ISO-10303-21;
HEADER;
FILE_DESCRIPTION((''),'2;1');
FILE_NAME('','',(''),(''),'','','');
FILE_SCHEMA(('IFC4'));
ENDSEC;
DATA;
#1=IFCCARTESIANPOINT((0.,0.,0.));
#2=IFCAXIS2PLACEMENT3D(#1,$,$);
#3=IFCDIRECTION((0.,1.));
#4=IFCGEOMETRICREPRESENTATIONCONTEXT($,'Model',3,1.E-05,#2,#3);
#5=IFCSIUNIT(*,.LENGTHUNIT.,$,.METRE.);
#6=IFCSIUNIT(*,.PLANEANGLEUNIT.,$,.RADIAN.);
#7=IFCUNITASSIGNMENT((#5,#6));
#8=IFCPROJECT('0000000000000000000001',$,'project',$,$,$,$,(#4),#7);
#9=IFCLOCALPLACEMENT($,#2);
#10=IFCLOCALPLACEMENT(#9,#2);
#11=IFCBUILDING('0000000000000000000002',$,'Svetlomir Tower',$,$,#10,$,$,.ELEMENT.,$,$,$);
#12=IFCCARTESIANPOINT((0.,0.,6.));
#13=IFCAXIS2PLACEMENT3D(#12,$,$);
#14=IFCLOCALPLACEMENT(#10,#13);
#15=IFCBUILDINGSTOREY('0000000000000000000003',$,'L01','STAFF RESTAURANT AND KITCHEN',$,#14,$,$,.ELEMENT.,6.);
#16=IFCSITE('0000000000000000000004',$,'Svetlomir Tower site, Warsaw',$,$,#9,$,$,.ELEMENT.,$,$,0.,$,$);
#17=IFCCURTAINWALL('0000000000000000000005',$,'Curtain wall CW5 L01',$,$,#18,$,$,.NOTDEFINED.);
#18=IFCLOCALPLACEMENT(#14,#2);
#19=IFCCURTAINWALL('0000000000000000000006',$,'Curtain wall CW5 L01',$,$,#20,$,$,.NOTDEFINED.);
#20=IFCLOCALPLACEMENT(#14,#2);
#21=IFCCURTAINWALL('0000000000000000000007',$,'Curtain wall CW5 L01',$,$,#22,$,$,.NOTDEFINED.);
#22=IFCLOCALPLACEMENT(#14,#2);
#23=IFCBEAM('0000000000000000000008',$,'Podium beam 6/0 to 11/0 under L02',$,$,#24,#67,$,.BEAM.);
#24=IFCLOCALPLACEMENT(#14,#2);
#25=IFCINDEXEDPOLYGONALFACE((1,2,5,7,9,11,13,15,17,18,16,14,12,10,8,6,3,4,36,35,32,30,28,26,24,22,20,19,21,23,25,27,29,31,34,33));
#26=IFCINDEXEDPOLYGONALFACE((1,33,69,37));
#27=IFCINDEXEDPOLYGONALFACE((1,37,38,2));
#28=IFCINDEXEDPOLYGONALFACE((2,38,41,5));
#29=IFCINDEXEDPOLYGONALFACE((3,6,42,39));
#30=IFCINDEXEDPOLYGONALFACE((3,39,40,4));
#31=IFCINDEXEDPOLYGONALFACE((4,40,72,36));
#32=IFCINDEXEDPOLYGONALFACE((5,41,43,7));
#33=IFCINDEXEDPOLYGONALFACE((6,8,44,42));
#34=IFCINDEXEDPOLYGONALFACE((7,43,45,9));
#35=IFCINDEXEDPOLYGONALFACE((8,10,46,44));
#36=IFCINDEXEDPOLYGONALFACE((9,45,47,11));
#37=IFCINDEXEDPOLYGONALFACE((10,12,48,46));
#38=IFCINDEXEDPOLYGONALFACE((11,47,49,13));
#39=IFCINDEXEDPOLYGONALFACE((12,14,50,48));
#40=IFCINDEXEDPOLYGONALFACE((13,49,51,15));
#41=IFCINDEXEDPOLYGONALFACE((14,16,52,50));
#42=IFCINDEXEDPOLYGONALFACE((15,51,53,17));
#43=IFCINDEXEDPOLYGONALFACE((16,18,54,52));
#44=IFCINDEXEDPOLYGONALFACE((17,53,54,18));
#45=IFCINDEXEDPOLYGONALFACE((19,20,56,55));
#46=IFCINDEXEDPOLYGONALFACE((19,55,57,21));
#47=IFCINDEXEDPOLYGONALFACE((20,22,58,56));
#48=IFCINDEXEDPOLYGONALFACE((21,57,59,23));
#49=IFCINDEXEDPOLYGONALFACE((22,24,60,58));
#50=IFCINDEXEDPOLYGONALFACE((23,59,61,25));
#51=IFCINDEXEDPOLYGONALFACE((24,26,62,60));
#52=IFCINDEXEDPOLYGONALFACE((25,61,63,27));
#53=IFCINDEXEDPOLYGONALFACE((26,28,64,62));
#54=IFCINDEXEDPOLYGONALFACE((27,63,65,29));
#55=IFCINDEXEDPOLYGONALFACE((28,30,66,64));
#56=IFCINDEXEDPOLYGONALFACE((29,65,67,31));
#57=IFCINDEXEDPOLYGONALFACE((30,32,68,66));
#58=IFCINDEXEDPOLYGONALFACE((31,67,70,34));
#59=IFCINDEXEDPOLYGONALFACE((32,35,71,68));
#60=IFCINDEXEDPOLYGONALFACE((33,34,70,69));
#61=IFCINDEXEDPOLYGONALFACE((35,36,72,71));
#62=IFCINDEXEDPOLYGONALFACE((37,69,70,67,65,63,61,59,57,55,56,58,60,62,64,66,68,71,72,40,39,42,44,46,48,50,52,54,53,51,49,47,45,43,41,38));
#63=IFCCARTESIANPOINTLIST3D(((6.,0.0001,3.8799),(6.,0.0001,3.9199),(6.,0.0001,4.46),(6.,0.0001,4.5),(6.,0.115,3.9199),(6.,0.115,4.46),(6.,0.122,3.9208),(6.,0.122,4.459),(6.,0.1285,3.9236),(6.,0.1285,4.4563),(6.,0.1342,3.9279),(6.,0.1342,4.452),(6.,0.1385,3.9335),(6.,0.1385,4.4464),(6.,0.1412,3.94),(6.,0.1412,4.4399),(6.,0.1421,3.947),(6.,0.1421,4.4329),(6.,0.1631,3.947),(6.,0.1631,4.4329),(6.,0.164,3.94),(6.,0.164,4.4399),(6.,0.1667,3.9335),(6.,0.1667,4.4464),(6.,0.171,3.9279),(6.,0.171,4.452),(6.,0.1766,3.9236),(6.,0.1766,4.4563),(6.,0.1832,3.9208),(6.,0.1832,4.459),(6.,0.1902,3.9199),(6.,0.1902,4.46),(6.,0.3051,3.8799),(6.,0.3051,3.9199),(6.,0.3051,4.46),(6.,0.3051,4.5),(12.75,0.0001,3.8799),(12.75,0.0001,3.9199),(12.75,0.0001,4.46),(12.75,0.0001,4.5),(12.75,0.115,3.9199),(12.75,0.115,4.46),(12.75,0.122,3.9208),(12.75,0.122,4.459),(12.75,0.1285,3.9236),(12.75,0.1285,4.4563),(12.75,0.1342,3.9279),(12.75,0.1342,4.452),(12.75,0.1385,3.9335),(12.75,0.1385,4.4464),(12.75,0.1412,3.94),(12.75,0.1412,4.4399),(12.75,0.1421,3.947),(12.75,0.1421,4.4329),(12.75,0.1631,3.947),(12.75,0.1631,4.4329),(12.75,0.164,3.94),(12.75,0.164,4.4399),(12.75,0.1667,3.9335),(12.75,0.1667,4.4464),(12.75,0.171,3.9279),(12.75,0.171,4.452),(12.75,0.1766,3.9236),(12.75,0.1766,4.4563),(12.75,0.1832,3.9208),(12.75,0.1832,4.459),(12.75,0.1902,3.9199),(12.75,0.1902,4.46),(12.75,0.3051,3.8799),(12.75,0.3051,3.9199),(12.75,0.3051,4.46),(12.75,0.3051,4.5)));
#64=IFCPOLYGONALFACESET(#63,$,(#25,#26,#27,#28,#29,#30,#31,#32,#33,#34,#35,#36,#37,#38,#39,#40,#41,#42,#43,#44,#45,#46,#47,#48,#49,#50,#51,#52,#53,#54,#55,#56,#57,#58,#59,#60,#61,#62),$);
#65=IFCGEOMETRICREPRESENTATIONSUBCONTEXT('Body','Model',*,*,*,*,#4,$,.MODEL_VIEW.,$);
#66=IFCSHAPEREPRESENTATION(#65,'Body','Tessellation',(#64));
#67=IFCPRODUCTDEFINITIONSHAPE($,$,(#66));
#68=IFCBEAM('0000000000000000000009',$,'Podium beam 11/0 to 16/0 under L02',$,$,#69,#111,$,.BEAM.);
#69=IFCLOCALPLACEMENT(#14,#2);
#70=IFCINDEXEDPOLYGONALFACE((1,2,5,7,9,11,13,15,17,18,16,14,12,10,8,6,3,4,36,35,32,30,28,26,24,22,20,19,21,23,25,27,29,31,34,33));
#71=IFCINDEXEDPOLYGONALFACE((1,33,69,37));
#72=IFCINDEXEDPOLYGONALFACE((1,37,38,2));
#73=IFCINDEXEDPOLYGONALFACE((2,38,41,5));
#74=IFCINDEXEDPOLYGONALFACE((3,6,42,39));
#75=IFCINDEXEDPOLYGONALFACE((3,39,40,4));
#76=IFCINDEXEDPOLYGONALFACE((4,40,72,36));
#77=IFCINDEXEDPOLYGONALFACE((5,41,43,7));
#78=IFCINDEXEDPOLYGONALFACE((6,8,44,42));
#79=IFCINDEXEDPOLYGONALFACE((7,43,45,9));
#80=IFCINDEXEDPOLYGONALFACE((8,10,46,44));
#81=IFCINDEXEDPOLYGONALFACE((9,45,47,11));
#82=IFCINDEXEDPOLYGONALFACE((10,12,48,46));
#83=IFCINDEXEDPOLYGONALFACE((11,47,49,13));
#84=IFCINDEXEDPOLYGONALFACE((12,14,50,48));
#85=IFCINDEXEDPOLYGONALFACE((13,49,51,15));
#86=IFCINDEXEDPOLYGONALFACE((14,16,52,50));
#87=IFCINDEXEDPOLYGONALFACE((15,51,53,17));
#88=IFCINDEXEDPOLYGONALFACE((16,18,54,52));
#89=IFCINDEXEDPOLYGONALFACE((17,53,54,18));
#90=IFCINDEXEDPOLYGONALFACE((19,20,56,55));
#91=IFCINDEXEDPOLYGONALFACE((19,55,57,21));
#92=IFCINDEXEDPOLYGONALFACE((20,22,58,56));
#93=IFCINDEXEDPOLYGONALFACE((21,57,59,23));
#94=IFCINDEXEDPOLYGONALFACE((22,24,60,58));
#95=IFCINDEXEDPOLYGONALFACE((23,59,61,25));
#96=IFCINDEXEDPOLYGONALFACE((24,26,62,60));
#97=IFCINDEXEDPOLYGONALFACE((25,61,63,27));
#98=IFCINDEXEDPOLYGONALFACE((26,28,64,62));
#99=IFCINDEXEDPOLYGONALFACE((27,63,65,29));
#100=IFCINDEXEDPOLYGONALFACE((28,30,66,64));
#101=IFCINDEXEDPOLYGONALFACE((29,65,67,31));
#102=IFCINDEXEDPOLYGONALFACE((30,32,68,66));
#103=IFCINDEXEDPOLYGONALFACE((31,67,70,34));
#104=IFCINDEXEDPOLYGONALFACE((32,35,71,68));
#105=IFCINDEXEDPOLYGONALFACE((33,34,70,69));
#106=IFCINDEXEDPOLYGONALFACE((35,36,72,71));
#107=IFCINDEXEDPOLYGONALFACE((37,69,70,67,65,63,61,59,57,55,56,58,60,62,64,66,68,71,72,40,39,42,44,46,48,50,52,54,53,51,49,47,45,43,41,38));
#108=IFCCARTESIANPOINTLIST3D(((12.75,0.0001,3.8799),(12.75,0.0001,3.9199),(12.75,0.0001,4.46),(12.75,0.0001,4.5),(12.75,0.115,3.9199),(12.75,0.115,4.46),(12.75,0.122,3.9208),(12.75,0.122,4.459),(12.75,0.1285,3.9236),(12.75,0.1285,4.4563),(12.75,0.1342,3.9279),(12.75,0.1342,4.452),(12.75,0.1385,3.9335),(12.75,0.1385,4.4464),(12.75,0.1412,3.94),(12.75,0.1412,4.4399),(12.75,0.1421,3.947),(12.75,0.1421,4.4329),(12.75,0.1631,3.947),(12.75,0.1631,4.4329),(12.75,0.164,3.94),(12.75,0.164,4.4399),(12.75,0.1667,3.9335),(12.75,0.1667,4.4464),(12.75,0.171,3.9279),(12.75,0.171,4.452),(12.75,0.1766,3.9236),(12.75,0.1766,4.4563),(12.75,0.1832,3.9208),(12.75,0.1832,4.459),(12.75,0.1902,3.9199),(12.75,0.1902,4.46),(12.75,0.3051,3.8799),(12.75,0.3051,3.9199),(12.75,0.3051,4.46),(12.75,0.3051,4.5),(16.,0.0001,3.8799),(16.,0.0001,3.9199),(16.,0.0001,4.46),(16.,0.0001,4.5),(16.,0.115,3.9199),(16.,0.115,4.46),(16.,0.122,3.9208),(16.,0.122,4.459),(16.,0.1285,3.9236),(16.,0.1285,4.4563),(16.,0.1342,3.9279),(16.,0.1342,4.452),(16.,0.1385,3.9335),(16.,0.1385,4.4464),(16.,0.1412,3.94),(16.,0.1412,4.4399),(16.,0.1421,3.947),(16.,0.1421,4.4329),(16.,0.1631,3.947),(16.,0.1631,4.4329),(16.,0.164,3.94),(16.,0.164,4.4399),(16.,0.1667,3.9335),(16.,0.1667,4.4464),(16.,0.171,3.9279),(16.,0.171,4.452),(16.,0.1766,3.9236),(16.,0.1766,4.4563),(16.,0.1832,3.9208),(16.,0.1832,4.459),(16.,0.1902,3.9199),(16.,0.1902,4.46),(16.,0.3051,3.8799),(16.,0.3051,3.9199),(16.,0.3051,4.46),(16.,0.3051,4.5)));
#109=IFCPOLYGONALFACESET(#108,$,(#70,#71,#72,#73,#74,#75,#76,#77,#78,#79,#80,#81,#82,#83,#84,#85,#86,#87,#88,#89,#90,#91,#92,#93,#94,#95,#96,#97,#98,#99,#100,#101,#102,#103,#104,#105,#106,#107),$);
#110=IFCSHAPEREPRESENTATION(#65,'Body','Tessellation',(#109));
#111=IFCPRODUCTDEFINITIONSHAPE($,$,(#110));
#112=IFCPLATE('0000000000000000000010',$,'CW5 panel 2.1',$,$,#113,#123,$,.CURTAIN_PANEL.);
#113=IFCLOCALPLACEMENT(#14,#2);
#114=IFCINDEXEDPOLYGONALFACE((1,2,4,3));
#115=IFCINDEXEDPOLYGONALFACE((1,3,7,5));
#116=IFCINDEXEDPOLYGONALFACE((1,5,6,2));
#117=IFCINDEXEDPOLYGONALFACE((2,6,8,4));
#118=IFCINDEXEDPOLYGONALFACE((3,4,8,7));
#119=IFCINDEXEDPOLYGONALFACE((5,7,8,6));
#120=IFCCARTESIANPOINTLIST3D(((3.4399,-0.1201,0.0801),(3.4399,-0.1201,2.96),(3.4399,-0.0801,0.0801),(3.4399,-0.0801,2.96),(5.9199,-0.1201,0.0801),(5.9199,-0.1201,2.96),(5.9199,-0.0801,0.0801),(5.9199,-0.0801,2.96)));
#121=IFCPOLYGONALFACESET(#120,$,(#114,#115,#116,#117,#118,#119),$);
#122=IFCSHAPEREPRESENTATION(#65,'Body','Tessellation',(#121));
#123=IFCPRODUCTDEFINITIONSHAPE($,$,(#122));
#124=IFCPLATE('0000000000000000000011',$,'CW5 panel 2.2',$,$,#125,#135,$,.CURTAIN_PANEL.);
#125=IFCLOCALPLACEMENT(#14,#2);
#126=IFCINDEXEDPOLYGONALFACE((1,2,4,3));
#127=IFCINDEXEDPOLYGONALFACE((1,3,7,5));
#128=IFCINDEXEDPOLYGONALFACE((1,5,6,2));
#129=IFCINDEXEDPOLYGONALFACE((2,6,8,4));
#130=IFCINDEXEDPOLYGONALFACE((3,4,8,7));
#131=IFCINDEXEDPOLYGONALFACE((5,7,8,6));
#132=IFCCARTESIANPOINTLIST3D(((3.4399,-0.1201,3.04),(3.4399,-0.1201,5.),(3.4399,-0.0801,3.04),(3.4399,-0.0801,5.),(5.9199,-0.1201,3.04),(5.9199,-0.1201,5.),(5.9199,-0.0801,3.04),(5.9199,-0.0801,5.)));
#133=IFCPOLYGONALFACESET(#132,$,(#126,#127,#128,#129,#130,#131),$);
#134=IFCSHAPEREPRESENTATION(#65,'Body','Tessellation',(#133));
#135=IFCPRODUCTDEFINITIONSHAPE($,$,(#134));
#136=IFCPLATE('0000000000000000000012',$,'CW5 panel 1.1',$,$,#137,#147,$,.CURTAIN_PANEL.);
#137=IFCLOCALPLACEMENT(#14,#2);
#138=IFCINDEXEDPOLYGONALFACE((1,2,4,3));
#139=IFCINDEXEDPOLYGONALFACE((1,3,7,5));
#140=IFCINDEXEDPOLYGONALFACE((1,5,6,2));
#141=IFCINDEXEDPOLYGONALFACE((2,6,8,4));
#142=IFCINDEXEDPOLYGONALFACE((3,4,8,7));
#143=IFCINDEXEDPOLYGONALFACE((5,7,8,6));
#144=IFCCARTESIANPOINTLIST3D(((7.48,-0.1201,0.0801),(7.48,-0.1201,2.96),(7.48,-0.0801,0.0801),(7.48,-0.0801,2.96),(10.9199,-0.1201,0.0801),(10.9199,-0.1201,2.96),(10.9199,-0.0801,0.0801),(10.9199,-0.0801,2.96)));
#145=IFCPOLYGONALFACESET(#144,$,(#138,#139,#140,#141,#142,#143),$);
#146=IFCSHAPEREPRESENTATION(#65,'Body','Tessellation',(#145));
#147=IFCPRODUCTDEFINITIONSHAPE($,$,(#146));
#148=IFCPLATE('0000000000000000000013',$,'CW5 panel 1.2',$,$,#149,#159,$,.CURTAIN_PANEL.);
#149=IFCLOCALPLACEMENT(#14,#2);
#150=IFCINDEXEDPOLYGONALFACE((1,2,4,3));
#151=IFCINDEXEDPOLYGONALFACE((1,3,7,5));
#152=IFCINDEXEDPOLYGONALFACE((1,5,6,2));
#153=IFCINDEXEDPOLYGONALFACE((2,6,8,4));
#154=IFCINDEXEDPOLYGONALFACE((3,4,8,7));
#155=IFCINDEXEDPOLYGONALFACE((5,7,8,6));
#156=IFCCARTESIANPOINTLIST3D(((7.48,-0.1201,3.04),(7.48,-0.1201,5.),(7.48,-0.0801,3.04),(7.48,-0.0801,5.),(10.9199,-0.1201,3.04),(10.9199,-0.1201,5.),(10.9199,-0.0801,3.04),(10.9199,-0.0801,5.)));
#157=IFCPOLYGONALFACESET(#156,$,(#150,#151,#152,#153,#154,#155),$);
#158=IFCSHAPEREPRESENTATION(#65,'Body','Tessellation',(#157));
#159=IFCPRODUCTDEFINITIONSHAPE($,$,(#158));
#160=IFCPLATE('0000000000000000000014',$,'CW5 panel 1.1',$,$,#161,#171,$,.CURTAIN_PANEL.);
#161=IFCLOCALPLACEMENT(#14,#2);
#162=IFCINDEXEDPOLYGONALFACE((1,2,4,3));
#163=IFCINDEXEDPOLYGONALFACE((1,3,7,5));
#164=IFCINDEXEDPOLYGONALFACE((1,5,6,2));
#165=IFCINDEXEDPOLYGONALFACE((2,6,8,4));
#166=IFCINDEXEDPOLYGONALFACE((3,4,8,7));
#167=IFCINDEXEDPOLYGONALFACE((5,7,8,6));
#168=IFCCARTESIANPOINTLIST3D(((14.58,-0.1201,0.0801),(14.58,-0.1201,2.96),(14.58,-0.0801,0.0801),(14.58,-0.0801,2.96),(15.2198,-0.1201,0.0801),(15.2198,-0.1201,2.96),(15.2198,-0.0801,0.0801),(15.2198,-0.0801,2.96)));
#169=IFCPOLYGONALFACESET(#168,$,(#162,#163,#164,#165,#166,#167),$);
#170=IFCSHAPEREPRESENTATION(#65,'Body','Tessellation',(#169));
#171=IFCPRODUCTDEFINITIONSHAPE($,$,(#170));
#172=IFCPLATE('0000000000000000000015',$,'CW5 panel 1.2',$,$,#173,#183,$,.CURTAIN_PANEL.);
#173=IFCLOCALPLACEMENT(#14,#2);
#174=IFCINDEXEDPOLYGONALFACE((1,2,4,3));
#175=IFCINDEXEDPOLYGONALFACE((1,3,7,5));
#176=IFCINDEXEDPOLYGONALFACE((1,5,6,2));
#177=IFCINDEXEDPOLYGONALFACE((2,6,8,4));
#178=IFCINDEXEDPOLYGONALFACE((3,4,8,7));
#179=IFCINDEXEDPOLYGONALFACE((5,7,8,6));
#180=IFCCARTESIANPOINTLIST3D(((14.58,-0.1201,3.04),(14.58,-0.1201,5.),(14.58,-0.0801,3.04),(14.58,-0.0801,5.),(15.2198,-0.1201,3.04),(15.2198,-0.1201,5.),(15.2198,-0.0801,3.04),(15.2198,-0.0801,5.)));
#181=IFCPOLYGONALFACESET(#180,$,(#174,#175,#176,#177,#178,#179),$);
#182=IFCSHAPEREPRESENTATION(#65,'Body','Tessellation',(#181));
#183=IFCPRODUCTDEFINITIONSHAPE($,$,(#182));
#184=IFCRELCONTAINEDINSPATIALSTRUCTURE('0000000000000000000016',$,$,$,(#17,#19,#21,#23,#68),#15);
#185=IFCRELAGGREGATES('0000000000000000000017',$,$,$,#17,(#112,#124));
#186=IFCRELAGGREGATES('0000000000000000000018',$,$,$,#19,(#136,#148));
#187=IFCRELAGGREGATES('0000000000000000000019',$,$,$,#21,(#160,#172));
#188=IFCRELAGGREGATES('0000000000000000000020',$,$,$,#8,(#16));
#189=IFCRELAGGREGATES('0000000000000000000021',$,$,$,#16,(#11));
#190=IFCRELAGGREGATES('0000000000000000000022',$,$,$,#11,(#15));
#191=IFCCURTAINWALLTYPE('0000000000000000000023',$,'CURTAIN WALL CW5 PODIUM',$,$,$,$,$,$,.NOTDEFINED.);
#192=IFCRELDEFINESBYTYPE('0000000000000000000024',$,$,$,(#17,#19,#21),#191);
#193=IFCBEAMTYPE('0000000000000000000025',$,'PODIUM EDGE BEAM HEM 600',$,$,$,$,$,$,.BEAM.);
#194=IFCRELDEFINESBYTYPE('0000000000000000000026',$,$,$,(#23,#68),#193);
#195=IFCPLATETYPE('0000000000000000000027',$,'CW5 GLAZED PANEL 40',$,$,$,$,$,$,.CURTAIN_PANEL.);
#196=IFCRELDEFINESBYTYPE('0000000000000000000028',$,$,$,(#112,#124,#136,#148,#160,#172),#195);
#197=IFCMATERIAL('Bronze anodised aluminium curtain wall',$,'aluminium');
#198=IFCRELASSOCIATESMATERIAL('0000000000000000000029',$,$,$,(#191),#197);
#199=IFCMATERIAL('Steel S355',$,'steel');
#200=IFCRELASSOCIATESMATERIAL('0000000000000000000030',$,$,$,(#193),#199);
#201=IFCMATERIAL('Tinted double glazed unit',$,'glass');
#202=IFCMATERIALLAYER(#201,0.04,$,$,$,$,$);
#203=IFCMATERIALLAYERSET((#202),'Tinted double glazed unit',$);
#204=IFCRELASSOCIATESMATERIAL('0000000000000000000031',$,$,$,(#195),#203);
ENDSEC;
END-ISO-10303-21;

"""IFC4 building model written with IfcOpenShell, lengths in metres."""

from ifc_helpers import new_model, si_unit, direction, frame, origin, origin_2d, place, context, subcontext, project, spatial, rectangle, i_section, extrude, material, layer, layer_set, material_profile, profile_set, type_object, element, aggregate, save


model = new_model("IFC4")

# Units and contexts
model_context = context("Model", 3, precision=1e-05, world=origin(), true_north=direction((0.0, 1.0)))
body_context = subcontext(model_context, "Body", "Model", "MODEL_VIEW")
ifc_project = project(units=[si_unit("LENGTHUNIT", "METRE"), si_unit("PLANEANGLEUNIT", "RADIAN")], contexts=[model_context])

# Site, building, storey
site_placement = place(None, origin())
site = spatial("IfcSite", under=ifc_project, at=site_placement, Name="Svetlomir Tower site, Warsaw", CompositionType="ELEMENT", RefElevation=0.0)
building_placement = place(site_placement, origin())
building = spatial("IfcBuilding", under=site, at=building_placement, Name="Svetlomir Tower", CompositionType="ELEMENT")
storey_placement = place(building_placement, frame((0.0, 0.0, 6.0)))
storey = spatial("IfcBuildingStorey", under=building, at=storey_placement, Name="L01", Description="STAFF RESTAURANT AND KITCHEN", CompositionType="ELEMENT", Elevation=6.0)

# Curtain wall
ifc_material_1 = material(Name="Bronze anodised aluminium curtain wall", Category="aluminium")
curtain_wall_type = type_object("IfcCurtainWallType", Name="CURTAIN WALL CW5 PODIUM", PredefinedType="NOTDEFINED", material=ifc_material_1)
curtain_wall_1_placement = place(storey_placement, origin())
curtain_wall_1 = element("IfcCurtainWall", 1, at=curtain_wall_1_placement, inside=storey, type_object=curtain_wall_type, Name="Curtain wall CW5 L01", PredefinedType="NOTDEFINED")

# Curtain walls
curtain_wall_2_placement = place(storey_placement, origin())
curtain_wall_2 = element("IfcCurtainWall", 2, at=curtain_wall_2_placement, inside=storey, type_object=curtain_wall_type, Name="Curtain wall CW5 L01", PredefinedType="NOTDEFINED")
curtain_wall_3_placement = place(storey_placement, origin())
curtain_wall_3 = element("IfcCurtainWall", 3, at=curtain_wall_3_placement, inside=storey, type_object=curtain_wall_type, Name="Curtain wall CW5 L01", PredefinedType="NOTDEFINED")

# Beams
ifc_material_2 = material(Name="Steel S355", Category="steel")
ifc_material_profile_1 = material_profile(ifc_material_2, i_section(OverallWidth=0.3049, OverallDepth=0.6201, WebThickness=0.021, FlangeThickness=0.04, FilletRadius=0.0271, at=origin_2d()), Name="HEM 600")
ifc_profile_set_1 = profile_set([ifc_material_profile_1], Name="Steel S355")
beam_type = type_object("IfcBeamType", Name="PODIUM EDGE BEAM HEM 600", PredefinedType="BEAM", material=ifc_profile_set_1)
beam_1_placement = place(storey_placement, frame((6.0, 0.1526, 4.1899), z_axis=(1.0, 0.0, 0.0), x_axis=(0.0, 1.0, 0.0)))
element("IfcBeam", 4, at=beam_1_placement, inside=storey, type_object=beam_type, Name="Podium beam 6/0 to 11/0 under L02", PredefinedType="BEAM", context=body_context, shape_type="SweptSolid", body=[
    extrude(i_section(OverallWidth=0.3049, OverallDepth=0.6201, WebThickness=0.021, FlangeThickness=0.04, FilletRadius=0.0271, at=origin_2d()), origin(), (0.0, 0.0, 1.0), 6.75),
])
beam_2_placement = place(storey_placement, frame((12.75, 0.1526, 4.1899), z_axis=(1.0, 0.0, 0.0), x_axis=(0.0, 1.0, 0.0)))
element("IfcBeam", 5, at=beam_2_placement, inside=storey, type_object=beam_type, Name="Podium beam 11/0 to 16/0 under L02", PredefinedType="BEAM", context=body_context, shape_type="SweptSolid", body=[
    extrude(i_section(OverallWidth=0.3049, OverallDepth=0.6201, WebThickness=0.021, FlangeThickness=0.04, FilletRadius=0.0271, at=origin_2d()), origin(), (0.0, 0.0, 1.0), 3.25),
])

# Plates
ifc_material_3 = material(Name="Tinted double glazed unit", Category="glass")
ifc_layer_1 = layer(ifc_material_3, 0.04)
ifc_layer_set_1 = layer_set([ifc_layer_1], Name="Tinted double glazed unit")
plate_type = type_object("IfcPlateType", Name="CW5 GLAZED PANEL 40", PredefinedType="CURTAIN_PANEL", material=ifc_layer_set_1)
plate_1_placement = place(storey_placement, frame((4.6799, -0.1001, 0.0801), z_axis=(0.0, 0.0, 1.0), x_axis=(1.0, 0.0, 0.0)))
plate_1 = element("IfcPlate", 6, at=plate_1_placement, type_object=plate_type, Name="CW5 panel 2.1", PredefinedType="CURTAIN_PANEL", context=body_context, shape_type="SweptSolid", body=[
    extrude(rectangle(XDim=2.48, YDim=0.04, at=origin_2d()), origin(), (0.0, 0.0, 1.0), 2.8799),
])
plate_2_placement = place(storey_placement, frame((4.6799, -0.1001, 3.04), z_axis=(0.0, 0.0, 1.0), x_axis=(1.0, 0.0, 0.0)))
plate_2 = element("IfcPlate", 7, at=plate_2_placement, type_object=plate_type, Name="CW5 panel 2.2", PredefinedType="CURTAIN_PANEL", context=body_context, shape_type="SweptSolid", body=[
    extrude(rectangle(XDim=2.48, YDim=0.04, at=origin_2d()), origin(), (0.0, 0.0, 1.0), 1.96),
])
aggregate(curtain_wall_1, [plate_1, plate_2])
plate_3_placement = place(storey_placement, frame((9.2, -0.1001, 0.0801), z_axis=(0.0, 0.0, 1.0), x_axis=(1.0, 0.0, 0.0)))
plate_3 = element("IfcPlate", 8, at=plate_3_placement, type_object=plate_type, Name="CW5 panel 1.1", PredefinedType="CURTAIN_PANEL", context=body_context, shape_type="SweptSolid", body=[
    extrude(rectangle(XDim=3.4399, YDim=0.04, at=origin_2d()), origin(), (0.0, 0.0, 1.0), 2.8799),
])
plate_4_placement = place(storey_placement, frame((9.2, -0.1001, 3.04), z_axis=(0.0, 0.0, 1.0), x_axis=(1.0, 0.0, 0.0)))
plate_4 = element("IfcPlate", 9, at=plate_4_placement, type_object=plate_type, Name="CW5 panel 1.2", PredefinedType="CURTAIN_PANEL", context=body_context, shape_type="SweptSolid", body=[
    extrude(rectangle(XDim=3.4399, YDim=0.04, at=origin_2d()), origin(), (0.0, 0.0, 1.0), 1.96),
])
aggregate(curtain_wall_2, [plate_3, plate_4])
plate_5_placement = place(storey_placement, frame((14.8999, -0.1001, 0.0801), z_axis=(0.0, 0.0, 1.0), x_axis=(1.0, 0.0, 0.0)))
plate_5 = element("IfcPlate", 10, at=plate_5_placement, type_object=plate_type, Name="CW5 panel 1.1", PredefinedType="CURTAIN_PANEL", context=body_context, shape_type="SweptSolid", body=[
    extrude(rectangle(XDim=0.6399, YDim=0.04, at=origin_2d()), origin(), (0.0, 0.0, 1.0), 2.8799),
])
plate_6_placement = place(storey_placement, frame((14.8999, -0.1001, 3.04), z_axis=(0.0, 0.0, 1.0), x_axis=(1.0, 0.0, 0.0)))
plate_6 = element("IfcPlate", 11, at=plate_6_placement, type_object=plate_type, Name="CW5 panel 1.2", PredefinedType="CURTAIN_PANEL", context=body_context, shape_type="SweptSolid", body=[
    extrude(rectangle(XDim=0.6399, YDim=0.04, at=origin_2d()), origin(), (0.0, 0.0, 1.0), 1.96),
])
aggregate(curtain_wall_3, [plate_5, plate_6])

save(model, "model.ifc")
